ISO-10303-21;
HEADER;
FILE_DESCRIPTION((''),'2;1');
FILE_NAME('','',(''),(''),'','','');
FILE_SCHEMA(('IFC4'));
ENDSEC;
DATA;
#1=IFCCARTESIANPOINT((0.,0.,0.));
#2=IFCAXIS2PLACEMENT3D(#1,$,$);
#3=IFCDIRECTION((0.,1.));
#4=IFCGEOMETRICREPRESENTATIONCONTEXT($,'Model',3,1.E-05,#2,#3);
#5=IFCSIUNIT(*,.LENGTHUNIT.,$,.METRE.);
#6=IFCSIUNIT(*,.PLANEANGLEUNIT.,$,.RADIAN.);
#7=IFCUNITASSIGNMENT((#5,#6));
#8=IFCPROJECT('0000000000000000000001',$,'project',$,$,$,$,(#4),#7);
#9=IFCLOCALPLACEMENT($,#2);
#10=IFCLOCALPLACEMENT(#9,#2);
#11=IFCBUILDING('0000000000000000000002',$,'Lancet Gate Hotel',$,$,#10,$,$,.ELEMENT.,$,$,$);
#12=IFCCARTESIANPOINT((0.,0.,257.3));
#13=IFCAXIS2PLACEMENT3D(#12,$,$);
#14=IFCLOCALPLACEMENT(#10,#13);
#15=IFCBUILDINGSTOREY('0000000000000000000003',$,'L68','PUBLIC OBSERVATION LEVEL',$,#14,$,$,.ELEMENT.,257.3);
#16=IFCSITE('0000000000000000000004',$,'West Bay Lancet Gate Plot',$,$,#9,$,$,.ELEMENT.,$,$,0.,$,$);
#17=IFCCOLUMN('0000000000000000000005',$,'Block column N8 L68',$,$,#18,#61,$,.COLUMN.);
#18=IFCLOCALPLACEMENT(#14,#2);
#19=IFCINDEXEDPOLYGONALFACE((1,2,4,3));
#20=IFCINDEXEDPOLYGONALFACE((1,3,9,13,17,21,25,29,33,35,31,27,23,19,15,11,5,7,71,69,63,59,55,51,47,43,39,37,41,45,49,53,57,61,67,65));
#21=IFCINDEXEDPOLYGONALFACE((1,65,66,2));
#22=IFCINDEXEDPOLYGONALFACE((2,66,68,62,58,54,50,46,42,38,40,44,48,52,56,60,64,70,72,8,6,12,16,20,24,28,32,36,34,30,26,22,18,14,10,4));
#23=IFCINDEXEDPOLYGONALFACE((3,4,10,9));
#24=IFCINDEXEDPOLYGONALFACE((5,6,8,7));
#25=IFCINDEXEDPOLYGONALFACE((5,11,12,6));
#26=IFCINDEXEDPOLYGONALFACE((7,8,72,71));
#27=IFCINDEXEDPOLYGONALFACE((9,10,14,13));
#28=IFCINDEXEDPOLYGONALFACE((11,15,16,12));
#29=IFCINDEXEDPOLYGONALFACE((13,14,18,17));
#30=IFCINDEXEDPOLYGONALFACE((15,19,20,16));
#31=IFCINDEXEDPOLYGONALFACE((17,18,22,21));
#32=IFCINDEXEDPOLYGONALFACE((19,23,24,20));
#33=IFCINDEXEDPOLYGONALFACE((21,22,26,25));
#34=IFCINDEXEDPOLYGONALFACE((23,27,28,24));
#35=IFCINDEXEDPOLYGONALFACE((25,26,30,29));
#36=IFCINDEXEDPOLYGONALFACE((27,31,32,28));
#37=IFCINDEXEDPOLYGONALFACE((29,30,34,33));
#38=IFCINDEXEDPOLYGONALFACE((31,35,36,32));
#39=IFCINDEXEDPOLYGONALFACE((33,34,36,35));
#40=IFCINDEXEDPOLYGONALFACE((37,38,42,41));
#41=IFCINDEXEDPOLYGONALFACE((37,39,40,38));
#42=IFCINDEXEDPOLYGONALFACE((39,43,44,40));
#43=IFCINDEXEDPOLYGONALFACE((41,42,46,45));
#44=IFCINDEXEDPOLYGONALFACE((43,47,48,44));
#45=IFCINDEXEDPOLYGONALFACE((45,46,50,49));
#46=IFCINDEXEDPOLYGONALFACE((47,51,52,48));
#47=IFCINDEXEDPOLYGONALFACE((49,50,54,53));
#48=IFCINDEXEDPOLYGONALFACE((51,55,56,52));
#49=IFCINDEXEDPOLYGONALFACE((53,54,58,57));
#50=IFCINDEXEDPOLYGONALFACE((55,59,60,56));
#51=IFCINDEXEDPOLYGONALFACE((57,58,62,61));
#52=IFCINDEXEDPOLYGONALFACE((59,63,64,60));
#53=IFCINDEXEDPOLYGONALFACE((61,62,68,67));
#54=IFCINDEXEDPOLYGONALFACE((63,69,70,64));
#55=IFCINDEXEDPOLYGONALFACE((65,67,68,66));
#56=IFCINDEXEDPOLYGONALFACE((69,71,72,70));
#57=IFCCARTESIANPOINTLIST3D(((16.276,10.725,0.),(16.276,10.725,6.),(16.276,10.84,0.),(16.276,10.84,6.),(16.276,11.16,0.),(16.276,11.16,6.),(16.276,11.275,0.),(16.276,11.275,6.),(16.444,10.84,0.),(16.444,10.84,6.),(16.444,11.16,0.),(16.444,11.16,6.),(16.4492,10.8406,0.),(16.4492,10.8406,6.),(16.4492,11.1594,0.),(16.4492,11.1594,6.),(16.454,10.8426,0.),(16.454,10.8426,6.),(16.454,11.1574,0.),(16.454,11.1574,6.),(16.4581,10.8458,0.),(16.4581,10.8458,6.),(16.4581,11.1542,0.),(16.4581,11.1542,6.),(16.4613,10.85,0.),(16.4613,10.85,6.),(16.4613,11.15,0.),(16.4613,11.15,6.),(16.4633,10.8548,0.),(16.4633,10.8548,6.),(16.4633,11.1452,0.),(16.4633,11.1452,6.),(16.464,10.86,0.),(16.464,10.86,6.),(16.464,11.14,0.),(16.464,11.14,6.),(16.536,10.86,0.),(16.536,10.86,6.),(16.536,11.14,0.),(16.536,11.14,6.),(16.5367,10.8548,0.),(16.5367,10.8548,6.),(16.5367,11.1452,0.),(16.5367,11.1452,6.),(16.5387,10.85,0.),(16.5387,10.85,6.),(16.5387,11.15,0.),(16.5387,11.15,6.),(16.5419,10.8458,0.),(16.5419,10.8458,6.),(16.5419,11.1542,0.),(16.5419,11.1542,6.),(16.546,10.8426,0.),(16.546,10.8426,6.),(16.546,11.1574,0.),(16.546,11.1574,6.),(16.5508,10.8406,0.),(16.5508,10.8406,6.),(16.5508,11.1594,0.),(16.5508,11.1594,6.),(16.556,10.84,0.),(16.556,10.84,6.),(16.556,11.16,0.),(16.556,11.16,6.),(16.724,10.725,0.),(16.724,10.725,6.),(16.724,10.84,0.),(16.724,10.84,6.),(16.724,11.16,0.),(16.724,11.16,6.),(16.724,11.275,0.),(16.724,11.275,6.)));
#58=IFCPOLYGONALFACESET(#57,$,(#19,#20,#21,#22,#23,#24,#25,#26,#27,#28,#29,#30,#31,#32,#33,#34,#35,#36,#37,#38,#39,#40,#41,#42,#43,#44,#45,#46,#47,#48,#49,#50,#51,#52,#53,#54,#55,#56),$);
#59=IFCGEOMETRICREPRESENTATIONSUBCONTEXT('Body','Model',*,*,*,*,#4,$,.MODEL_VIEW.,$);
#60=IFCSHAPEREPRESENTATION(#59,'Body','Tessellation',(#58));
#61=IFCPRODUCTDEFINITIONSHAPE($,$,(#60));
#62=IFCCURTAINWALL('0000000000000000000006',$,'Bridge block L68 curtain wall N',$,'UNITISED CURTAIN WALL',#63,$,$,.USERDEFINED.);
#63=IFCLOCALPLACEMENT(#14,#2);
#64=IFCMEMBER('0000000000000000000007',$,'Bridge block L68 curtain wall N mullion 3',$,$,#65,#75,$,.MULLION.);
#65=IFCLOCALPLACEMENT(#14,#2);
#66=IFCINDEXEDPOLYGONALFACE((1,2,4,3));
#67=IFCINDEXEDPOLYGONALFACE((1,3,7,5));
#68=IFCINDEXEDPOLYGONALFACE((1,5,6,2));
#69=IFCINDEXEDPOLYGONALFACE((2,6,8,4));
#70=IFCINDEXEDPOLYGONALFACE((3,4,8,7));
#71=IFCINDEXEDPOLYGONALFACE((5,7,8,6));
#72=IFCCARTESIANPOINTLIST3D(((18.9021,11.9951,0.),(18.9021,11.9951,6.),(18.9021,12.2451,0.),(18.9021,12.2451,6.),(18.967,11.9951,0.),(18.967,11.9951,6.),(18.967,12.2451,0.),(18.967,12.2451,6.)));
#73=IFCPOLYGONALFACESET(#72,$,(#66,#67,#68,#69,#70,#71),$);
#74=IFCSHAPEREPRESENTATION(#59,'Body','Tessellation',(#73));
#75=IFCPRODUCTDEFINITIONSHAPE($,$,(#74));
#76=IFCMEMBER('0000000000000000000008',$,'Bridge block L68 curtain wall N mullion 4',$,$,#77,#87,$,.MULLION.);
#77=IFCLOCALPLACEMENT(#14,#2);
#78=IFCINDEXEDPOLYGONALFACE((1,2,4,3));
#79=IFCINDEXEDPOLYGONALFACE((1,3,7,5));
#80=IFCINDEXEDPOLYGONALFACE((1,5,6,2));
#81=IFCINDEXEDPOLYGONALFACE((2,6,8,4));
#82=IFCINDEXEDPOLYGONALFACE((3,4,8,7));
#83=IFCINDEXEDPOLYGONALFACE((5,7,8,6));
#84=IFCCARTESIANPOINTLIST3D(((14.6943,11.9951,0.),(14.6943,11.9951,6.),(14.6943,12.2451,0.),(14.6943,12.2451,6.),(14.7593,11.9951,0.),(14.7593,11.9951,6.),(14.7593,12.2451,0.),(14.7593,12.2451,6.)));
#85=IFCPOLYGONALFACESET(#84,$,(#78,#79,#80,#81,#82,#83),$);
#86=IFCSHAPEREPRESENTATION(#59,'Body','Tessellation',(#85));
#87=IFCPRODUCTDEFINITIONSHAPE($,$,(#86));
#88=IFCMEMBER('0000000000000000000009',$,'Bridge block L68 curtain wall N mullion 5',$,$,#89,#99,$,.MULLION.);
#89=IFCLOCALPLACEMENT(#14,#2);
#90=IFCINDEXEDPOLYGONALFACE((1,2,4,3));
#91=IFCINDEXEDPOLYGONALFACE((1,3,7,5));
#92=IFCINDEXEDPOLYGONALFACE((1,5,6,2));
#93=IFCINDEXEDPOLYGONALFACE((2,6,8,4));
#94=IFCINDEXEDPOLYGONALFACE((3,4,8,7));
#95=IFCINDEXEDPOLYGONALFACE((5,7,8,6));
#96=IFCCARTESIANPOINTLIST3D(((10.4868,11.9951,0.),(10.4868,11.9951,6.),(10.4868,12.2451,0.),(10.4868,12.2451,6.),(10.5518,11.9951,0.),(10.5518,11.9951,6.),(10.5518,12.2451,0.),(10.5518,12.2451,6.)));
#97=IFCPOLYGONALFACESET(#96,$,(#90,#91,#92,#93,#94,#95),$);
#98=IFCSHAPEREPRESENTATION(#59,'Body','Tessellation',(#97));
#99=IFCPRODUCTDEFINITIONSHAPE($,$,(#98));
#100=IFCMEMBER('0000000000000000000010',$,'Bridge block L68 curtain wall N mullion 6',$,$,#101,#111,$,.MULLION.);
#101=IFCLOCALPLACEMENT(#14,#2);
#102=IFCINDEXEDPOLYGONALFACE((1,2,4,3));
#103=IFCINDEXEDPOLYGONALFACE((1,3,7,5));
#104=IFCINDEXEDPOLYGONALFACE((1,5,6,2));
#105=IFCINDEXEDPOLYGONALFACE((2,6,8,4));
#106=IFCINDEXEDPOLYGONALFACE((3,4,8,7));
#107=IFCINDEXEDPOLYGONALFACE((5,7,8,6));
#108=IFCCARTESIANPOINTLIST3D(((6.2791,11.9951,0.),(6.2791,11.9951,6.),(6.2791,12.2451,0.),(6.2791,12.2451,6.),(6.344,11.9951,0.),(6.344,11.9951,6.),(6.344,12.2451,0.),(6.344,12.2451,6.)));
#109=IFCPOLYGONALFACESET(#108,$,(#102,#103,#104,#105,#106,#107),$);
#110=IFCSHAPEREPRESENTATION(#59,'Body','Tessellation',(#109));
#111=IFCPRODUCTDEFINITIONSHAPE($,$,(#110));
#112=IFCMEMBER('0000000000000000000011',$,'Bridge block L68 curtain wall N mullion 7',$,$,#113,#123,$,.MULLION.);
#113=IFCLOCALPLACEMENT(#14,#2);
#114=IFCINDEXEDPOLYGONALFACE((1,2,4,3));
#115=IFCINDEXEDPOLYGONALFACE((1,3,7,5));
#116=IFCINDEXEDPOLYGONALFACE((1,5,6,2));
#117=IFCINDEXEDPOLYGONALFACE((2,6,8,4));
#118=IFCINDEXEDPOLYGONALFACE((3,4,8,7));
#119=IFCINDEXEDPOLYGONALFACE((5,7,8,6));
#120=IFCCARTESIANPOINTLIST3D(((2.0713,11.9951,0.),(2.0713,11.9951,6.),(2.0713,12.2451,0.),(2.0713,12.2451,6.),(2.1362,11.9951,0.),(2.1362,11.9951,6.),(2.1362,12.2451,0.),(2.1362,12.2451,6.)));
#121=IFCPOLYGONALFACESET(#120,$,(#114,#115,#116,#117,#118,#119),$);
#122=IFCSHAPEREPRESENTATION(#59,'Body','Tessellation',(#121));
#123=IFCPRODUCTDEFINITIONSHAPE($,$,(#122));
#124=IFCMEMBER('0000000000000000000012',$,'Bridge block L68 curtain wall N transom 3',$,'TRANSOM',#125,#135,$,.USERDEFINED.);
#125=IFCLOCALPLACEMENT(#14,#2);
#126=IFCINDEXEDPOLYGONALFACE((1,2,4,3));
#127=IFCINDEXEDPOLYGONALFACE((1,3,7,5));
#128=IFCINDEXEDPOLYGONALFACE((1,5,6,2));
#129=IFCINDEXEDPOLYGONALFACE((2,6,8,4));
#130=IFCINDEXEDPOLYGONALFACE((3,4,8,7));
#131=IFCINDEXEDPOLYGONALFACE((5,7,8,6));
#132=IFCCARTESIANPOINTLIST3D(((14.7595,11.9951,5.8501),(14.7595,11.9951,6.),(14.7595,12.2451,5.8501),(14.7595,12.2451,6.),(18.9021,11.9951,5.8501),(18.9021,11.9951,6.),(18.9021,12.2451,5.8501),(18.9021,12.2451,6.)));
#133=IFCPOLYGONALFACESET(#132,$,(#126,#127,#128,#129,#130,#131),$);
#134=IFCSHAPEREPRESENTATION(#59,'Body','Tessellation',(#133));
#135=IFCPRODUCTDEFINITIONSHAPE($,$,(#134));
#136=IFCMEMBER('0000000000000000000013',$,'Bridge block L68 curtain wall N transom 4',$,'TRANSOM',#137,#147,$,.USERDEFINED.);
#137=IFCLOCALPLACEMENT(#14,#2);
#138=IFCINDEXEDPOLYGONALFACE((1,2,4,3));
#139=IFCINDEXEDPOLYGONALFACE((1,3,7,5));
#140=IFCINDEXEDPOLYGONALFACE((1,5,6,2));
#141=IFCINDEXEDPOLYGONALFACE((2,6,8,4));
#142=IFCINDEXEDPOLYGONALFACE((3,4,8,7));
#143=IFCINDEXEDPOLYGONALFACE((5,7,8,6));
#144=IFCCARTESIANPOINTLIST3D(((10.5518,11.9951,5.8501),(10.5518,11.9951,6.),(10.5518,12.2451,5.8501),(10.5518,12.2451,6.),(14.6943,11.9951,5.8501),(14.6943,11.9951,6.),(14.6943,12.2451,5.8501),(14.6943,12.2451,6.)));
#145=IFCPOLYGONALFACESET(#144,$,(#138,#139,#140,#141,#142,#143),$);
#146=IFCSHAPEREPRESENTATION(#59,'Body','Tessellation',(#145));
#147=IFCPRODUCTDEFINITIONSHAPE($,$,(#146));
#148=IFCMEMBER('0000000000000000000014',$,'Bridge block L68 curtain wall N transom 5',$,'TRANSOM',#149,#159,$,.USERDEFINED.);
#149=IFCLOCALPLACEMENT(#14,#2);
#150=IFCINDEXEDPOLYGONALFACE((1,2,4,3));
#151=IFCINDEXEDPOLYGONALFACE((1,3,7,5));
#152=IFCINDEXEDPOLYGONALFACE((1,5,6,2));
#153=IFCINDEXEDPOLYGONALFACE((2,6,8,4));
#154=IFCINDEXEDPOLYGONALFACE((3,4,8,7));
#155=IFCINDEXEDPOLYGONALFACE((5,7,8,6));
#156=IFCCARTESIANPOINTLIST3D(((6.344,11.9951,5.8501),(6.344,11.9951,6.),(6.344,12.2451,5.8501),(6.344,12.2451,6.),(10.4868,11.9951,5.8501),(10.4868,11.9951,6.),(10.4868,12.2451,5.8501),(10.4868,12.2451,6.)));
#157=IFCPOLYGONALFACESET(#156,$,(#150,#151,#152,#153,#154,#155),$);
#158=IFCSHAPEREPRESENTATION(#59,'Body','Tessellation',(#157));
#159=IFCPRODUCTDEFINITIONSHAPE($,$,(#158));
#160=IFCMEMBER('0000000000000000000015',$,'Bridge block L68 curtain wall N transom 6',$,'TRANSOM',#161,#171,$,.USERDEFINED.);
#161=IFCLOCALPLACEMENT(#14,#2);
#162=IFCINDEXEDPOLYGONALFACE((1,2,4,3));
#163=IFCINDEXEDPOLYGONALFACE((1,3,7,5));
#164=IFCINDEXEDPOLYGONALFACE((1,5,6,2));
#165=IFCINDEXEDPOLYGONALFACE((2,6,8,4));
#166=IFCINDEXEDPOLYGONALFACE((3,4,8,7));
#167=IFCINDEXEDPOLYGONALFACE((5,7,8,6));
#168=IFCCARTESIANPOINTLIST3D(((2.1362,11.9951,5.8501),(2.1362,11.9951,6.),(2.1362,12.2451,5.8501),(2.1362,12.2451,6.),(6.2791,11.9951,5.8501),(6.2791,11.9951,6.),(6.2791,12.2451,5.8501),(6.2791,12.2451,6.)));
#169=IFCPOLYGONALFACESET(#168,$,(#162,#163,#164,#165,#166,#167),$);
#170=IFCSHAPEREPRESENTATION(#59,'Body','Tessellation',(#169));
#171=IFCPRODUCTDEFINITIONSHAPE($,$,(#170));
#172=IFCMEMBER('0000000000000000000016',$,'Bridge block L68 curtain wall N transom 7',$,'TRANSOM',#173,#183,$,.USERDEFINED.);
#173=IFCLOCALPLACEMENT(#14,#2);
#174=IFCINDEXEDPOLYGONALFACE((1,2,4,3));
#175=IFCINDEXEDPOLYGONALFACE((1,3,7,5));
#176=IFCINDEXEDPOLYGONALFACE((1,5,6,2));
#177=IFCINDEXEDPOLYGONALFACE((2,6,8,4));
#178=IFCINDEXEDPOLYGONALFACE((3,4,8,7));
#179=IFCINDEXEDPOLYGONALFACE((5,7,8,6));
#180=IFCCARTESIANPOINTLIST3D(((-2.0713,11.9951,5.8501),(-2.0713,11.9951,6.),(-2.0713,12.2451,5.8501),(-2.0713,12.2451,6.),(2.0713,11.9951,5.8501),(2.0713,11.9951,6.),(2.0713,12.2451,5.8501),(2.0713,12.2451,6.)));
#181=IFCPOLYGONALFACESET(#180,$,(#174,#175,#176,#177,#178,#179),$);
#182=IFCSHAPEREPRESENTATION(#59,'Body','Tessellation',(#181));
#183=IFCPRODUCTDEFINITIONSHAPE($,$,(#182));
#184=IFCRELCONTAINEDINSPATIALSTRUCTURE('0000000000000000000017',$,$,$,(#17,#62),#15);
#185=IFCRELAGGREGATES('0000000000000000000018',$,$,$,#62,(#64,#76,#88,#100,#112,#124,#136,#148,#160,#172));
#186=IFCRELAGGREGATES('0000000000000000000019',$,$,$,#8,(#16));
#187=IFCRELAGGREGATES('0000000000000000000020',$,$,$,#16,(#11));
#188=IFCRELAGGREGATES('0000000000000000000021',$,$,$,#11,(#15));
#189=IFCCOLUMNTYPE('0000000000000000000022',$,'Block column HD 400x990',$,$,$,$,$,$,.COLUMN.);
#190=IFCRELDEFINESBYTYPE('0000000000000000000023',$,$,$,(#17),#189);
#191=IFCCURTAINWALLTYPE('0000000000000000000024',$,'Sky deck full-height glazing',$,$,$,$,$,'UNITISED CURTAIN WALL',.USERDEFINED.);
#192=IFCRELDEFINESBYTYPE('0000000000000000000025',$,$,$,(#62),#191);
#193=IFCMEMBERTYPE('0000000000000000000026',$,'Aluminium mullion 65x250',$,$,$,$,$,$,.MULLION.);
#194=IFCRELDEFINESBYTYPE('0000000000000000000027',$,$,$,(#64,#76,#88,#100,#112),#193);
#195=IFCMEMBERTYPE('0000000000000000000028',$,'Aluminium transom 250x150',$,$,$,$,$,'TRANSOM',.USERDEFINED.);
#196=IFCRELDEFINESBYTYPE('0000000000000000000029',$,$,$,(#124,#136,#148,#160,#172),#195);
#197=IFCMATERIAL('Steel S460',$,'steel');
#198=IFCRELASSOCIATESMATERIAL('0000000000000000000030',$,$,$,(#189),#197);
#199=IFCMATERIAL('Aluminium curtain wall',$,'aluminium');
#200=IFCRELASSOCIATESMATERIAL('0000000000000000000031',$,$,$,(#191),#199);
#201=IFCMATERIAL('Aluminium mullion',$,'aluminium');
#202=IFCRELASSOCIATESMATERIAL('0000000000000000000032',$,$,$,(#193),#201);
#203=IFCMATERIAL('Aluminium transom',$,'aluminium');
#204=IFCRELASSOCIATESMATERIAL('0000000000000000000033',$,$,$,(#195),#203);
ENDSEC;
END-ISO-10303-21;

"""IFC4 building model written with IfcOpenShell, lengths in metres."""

from ifc_helpers import new_model, si_unit, direction, frame, origin, origin_2d, place, context, subcontext, project, spatial, rectangle, i_section, extrude, material, material_profile, profile_set, type_object, element, aggregate, save


model = new_model("IFC4")

# Units and contexts
model_context = context("Model", 3, precision=1e-05, world=origin(), true_north=direction((0.0, 1.0)))
body_context = subcontext(model_context, "Body", "Model", "MODEL_VIEW")
ifc_project = project(units=[si_unit("LENGTHUNIT", "METRE"), si_unit("PLANEANGLEUNIT", "RADIAN")], contexts=[model_context])

# Site, building, storey
site_placement = place(None, origin())
site = spatial("IfcSite", under=ifc_project, at=site_placement, Name="West Bay Lancet Gate Plot", CompositionType="ELEMENT", RefElevation=0.0)
building_placement = place(site_placement, origin())
building = spatial("IfcBuilding", under=site, at=building_placement, Name="Lancet Gate Hotel", CompositionType="ELEMENT")
storey_placement = place(building_placement, frame((0.0, 0.0, 257.3)))
storey = spatial("IfcBuildingStorey", under=building, at=storey_placement, Name="L68", Description="PUBLIC OBSERVATION LEVEL", CompositionType="ELEMENT", Elevation=257.3)

# Column
ifc_material_1 = material(Name="Steel S460", Category="steel")
ifc_material_profile_1 = material_profile(ifc_material_1, i_section(OverallWidth=0.448, OverallDepth=0.55, WebThickness=0.072, FlangeThickness=0.115, FilletRadius=0.02, at=origin_2d()), Name="HD 400x990")
ifc_profile_set_1 = profile_set([ifc_material_profile_1], Name="Steel S460")
column_type = type_object("IfcColumnType", Name="Block column HD 400x990", PredefinedType="COLUMN", material=ifc_profile_set_1)
for number, where, z_axis, x_axis, name in (
    (1, (16.5, 11.0, 0.0), (0.0, 0.0, 1.0), (1.0, 0.0, 0.0), "Block column N8 L68"),
):
    element("IfcColumn", number, at=place(storey_placement, frame(where, z_axis=z_axis, x_axis=x_axis)), inside=storey, type_object=column_type, Name=name, PredefinedType="COLUMN", context=body_context, shape_type="SweptSolid", body=[
        extrude(i_section(OverallWidth=0.448, OverallDepth=0.55, WebThickness=0.072, FlangeThickness=0.115, FilletRadius=0.02, at=origin_2d()), origin(), (0.0, 0.0, 1.0), 6.0),
    ])

# Curtain wall, members
ifc_material_2 = material(Name="Aluminium curtain wall", Category="aluminium")
curtain_wall_type = type_object("IfcCurtainWallType", Name="Sky deck full-height glazing", ElementType="UNITISED CURTAIN WALL", PredefinedType="USERDEFINED", material=ifc_material_2)
curtain_wall_placement = place(storey_placement, origin())
curtain_wall = element("IfcCurtainWall", 2, at=curtain_wall_placement, inside=storey, type_object=curtain_wall_type, Name="Bridge block L68 curtain wall N", ObjectType="UNITISED CURTAIN WALL", PredefinedType="USERDEFINED")
ifc_material_3 = material(Name="Aluminium mullion", Category="aluminium")
ifc_material_profile_2 = material_profile(ifc_material_3, rectangle(XDim=0.0649, YDim=0.25, at=origin_2d()), Name="MULLION 65x250")
ifc_profile_set_2 = profile_set([ifc_material_profile_2], Name="Aluminium mullion")
member_type_1 = type_object("IfcMemberType", Name="Aluminium mullion 65x250", PredefinedType="MULLION", material=ifc_profile_set_2)
member_1_placement = place(storey_placement, frame((18.9346, 12.1201, 0.0), z_axis=(0.0, 0.0, 1.0), x_axis=(-1.0, 0.0, 0.0)))
member_1 = element("IfcMember", 3, at=member_1_placement, type_object=member_type_1, Name="Bridge block L68 curtain wall N mullion 3", PredefinedType="MULLION", context=body_context, shape_type="SweptSolid", body=[
    extrude(rectangle(XDim=0.0649, YDim=0.25, at=origin_2d()), origin(), (0.0, 0.0, 1.0), 6.0),
])
member_2_placement = place(storey_placement, frame((14.7268, 12.1201, 0.0), z_axis=(0.0, 0.0, 1.0), x_axis=(-1.0, 0.0, 0.0)))
member_2 = element("IfcMember", 4, at=member_2_placement, type_object=member_type_1, Name="Bridge block L68 curtain wall N mullion 4", PredefinedType="MULLION", context=body_context, shape_type="SweptSolid", body=[
    extrude(rectangle(XDim=0.0649, YDim=0.25, at=origin_2d()), origin(), (0.0, 0.0, 1.0), 6.0),
])
member_3_placement = place(storey_placement, frame((10.5193, 12.1201, 0.0), z_axis=(0.0, 0.0, 1.0), x_axis=(-1.0, 0.0, 0.0)))
member_3 = element("IfcMember", 5, at=member_3_placement, type_object=member_type_1, Name="Bridge block L68 curtain wall N mullion 5", PredefinedType="MULLION", context=body_context, shape_type="SweptSolid", body=[
    extrude(rectangle(XDim=0.0649, YDim=0.25, at=origin_2d()), origin(), (0.0, 0.0, 1.0), 6.0),
])
member_4_placement = place(storey_placement, frame((6.3115, 12.1201, 0.0), z_axis=(0.0, 0.0, 1.0), x_axis=(-1.0, 0.0, 0.0)))
member_4 = element("IfcMember", 6, at=member_4_placement, type_object=member_type_1, Name="Bridge block L68 curtain wall N mullion 6", PredefinedType="MULLION", context=body_context, shape_type="SweptSolid", body=[
    extrude(rectangle(XDim=0.0649, YDim=0.25, at=origin_2d()), origin(), (0.0, 0.0, 1.0), 6.0),
])
member_5_placement = place(storey_placement, frame((2.1038, 12.1201, 0.0), z_axis=(0.0, 0.0, 1.0), x_axis=(-1.0, 0.0, 0.0)))
member_5 = element("IfcMember", 7, at=member_5_placement, type_object=member_type_1, Name="Bridge block L68 curtain wall N mullion 7", PredefinedType="MULLION", context=body_context, shape_type="SweptSolid", body=[
    extrude(rectangle(XDim=0.0649, YDim=0.25, at=origin_2d()), origin(), (0.0, 0.0, 1.0), 6.0),
])
ifc_material_4 = material(Name="Aluminium transom", Category="aluminium")
ifc_material_profile_3 = material_profile(ifc_material_4, rectangle(XDim=0.25, YDim=0.1499, at=origin_2d()), Name="TRANSOM 250x150")
ifc_profile_set_3 = profile_set([ifc_material_profile_3], Name="Aluminium transom")
member_type_2 = type_object("IfcMemberType", Name="Aluminium transom 250x150", ElementType="TRANSOM", PredefinedType="USERDEFINED", material=ifc_profile_set_3)
member_6_placement = place(storey_placement, frame((18.9021, 12.1201, 5.925), z_axis=(-1.0, 0.0, 0.0), x_axis=(0.0, -1.0, 0.0)))
member_6 = element("IfcMember", 8, at=member_6_placement, type_object=member_type_2, Name="Bridge block L68 curtain wall N transom 3", ObjectType="TRANSOM", PredefinedType="USERDEFINED", context=body_context, shape_type="SweptSolid", body=[
    extrude(rectangle(XDim=0.25, YDim=0.1499, at=origin_2d()), origin(), (0.0, 0.0, 1.0), 4.1426),
])
member_7_placement = place(storey_placement, frame((14.6943, 12.1201, 5.925), z_axis=(-1.0, 0.0, 0.0), x_axis=(0.0, -1.0, 0.0)))
member_7 = element("IfcMember", 9, at=member_7_placement, type_object=member_type_2, Name="Bridge block L68 curtain wall N transom 4", ObjectType="TRANSOM", PredefinedType="USERDEFINED", context=body_context, shape_type="SweptSolid", body=[
    extrude(rectangle(XDim=0.25, YDim=0.1499, at=origin_2d()), origin(), (0.0, 0.0, 1.0), 4.1426),
])
member_8_placement = place(storey_placement, frame((10.4868, 12.1201, 5.925), z_axis=(-1.0, 0.0, 0.0), x_axis=(0.0, -1.0, 0.0)))
member_8 = element("IfcMember", 10, at=member_8_placement, type_object=member_type_2, Name="Bridge block L68 curtain wall N transom 5", ObjectType="TRANSOM", PredefinedType="USERDEFINED", context=body_context, shape_type="SweptSolid", body=[
    extrude(rectangle(XDim=0.25, YDim=0.1499, at=origin_2d()), origin(), (0.0, 0.0, 1.0), 4.1428),
])
member_9_placement = place(storey_placement, frame((6.2791, 12.1201, 5.925), z_axis=(-1.0, 0.0, 0.0), x_axis=(0.0, -1.0, 0.0)))
member_9 = element("IfcMember", 11, at=member_9_placement, type_object=member_type_2, Name="Bridge block L68 curtain wall N transom 6", ObjectType="TRANSOM", PredefinedType="USERDEFINED", context=body_context, shape_type="SweptSolid", body=[
    extrude(rectangle(XDim=0.25, YDim=0.1499, at=origin_2d()), origin(), (0.0, 0.0, 1.0), 4.1428),
])
member_10_placement = place(storey_placement, frame((2.0713, 12.1201, 5.925), z_axis=(-1.0, 0.0, 0.0), x_axis=(0.0, -1.0, 0.0)))
member_10 = element("IfcMember", 12, at=member_10_placement, type_object=member_type_2, Name="Bridge block L68 curtain wall N transom 7", ObjectType="TRANSOM", PredefinedType="USERDEFINED", context=body_context, shape_type="SweptSolid", body=[
    extrude(rectangle(XDim=0.25, YDim=0.1499, at=origin_2d()), origin(), (0.0, 0.0, 1.0), 4.1426),
])

aggregate(curtain_wall, [member_1, member_2, member_3, member_4, member_5, member_6, member_7, member_8, member_9, member_10])

save(model, "model.ifc")
